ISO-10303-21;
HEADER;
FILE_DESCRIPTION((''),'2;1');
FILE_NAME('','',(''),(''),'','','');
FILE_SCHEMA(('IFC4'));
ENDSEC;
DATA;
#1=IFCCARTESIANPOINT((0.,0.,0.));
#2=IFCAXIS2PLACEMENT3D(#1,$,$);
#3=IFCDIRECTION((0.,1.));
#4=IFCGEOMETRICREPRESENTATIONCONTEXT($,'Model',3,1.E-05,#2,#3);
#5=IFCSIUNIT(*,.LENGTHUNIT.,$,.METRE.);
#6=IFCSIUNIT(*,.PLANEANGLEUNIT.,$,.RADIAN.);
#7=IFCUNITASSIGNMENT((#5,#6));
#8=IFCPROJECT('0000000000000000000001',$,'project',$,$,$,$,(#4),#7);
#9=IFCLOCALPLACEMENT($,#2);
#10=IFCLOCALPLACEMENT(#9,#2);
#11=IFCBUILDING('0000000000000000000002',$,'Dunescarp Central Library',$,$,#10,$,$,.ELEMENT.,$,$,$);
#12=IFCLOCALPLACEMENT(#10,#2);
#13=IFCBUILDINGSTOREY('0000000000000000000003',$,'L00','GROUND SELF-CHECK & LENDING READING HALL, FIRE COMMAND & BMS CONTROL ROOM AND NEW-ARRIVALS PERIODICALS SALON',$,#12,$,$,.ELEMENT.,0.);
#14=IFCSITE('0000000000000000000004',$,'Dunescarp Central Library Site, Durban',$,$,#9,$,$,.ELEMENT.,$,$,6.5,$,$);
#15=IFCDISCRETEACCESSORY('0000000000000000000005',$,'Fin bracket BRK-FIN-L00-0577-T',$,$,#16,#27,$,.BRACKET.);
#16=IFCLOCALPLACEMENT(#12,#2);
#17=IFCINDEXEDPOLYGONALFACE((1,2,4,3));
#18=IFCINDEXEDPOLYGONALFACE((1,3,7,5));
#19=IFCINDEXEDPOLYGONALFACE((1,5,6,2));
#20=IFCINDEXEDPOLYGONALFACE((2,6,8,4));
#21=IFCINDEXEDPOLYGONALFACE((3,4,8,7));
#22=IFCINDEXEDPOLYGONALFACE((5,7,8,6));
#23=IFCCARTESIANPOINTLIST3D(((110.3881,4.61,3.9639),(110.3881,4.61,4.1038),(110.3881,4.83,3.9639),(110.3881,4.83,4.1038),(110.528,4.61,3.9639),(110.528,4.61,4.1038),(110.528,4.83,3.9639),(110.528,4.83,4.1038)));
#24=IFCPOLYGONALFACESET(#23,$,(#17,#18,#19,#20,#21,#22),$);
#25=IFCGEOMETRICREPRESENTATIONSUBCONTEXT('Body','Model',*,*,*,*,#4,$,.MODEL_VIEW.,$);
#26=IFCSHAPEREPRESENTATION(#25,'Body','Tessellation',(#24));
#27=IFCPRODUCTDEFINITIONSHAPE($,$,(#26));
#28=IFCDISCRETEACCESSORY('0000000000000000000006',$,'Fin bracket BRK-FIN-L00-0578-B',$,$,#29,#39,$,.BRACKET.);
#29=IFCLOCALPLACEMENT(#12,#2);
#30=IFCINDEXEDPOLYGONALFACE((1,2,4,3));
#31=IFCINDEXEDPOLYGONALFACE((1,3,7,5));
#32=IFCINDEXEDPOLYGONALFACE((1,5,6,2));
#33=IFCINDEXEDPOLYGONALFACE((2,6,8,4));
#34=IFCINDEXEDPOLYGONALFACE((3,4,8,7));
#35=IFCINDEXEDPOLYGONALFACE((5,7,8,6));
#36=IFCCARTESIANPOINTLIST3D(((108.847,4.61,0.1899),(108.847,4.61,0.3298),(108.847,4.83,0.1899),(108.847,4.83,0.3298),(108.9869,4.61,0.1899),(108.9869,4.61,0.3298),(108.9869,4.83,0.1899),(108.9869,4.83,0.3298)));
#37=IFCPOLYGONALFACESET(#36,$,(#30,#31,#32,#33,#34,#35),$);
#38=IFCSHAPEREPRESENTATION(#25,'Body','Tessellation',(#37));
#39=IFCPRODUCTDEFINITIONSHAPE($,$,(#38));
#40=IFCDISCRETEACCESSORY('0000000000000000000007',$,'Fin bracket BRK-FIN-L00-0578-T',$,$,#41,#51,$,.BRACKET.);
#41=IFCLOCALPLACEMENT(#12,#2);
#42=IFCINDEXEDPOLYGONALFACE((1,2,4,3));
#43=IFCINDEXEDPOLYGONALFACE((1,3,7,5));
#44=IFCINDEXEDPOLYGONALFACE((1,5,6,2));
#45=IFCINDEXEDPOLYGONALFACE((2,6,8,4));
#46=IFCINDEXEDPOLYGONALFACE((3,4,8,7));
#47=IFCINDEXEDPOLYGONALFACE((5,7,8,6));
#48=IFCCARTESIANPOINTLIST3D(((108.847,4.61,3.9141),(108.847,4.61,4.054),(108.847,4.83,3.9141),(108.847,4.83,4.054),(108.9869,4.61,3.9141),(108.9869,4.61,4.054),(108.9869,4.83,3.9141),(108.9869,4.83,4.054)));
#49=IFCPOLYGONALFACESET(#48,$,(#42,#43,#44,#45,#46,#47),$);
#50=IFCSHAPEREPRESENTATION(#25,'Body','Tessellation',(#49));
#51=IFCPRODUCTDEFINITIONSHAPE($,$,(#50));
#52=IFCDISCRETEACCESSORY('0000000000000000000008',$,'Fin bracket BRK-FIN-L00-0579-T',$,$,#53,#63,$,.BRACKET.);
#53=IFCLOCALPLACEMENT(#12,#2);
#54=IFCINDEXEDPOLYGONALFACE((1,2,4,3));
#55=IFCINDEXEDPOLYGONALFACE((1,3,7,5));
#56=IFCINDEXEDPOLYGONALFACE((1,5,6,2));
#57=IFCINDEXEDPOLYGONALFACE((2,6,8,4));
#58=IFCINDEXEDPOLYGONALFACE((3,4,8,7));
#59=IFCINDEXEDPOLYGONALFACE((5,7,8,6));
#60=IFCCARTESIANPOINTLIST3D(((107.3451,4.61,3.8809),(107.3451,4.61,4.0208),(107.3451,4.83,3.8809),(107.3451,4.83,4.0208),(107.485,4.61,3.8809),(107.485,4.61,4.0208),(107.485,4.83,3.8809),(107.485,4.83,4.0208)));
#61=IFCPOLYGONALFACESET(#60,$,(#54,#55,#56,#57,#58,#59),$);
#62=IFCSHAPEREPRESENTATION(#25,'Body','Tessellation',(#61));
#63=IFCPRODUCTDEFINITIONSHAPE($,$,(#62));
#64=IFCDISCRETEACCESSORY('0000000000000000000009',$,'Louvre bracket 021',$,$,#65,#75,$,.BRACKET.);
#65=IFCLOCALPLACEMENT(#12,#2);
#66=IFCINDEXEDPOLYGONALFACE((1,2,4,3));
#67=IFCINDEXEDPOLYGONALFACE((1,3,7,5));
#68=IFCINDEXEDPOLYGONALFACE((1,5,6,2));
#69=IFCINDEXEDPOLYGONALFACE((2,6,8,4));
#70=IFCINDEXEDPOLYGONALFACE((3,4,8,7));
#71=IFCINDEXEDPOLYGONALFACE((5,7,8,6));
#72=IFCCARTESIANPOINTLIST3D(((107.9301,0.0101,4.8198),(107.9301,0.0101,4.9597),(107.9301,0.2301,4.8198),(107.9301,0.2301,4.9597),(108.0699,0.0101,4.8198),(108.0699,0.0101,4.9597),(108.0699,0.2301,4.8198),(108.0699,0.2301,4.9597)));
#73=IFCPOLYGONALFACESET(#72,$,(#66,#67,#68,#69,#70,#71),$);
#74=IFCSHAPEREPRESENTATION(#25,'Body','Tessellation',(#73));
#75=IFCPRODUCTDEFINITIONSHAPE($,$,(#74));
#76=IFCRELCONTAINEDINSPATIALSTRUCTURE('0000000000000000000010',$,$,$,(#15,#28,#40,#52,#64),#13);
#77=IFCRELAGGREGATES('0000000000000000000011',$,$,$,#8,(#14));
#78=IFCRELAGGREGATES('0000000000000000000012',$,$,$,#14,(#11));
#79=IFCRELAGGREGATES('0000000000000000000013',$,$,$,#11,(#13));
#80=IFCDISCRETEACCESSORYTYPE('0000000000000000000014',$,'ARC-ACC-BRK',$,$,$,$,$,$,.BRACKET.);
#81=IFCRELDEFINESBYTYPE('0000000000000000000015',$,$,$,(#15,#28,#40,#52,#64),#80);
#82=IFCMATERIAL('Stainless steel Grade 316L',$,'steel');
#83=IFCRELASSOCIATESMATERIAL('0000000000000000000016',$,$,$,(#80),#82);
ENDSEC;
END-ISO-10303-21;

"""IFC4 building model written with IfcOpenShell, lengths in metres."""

from ifc_helpers import new_model, si_unit, direction, frame, origin, origin_2d, place, context, subcontext, project, spatial, rectangle, extrude, material, type_object, element, save


model = new_model("IFC4")

# Units and contexts
model_context = context("Model", 3, precision=1e-05, world=origin(), true_north=direction((0.0, 1.0)))
body_context = subcontext(model_context, "Body", "Model", "MODEL_VIEW")
ifc_project = project(units=[si_unit("LENGTHUNIT", "METRE"), si_unit("PLANEANGLEUNIT", "RADIAN")], contexts=[model_context])

# Site, building, storey
site_placement = place(None, origin())
site = spatial("IfcSite", under=ifc_project, at=site_placement, Name="Dunescarp Central Library Site, Durban", CompositionType="ELEMENT", RefElevation=6.5)
building_placement = place(site_placement, origin())
building = spatial("IfcBuilding", under=site, at=building_placement, Name="Dunescarp Central Library", CompositionType="ELEMENT")
storey_placement = place(building_placement, origin())
storey = spatial("IfcBuildingStorey", under=building, at=storey_placement, Name="L00", Description="GROUND SELF-CHECK & LENDING READING HALL, FIRE COMMAND & BMS CONTROL ROOM AND NEW-ARRIVALS PERIODICALS SALON", CompositionType="ELEMENT", Elevation=0.0)

# Discrete accessories
ifc_material_1 = material(Name="Stainless steel Grade 316L", Category="steel")
discrete_accessory_type = type_object("IfcDiscreteAccessoryType", Name="ARC-ACC-BRK", PredefinedType="BRACKET", material=ifc_material_1)
for number, where, z_axis, x_axis, name in (
    (1, (110.458, 4.72, 3.9639), (0.0, 0.0, 1.0), (0.0, -1.0, 0.0), "Fin bracket BRK-FIN-L00-0577-T"),
    (2, (108.917, 4.72, 0.1899), (0.0, 0.0, 1.0), (0.0, -1.0, 0.0), "Fin bracket BRK-FIN-L00-0578-B"),
    (3, (108.917, 4.72, 3.9141), (0.0, 0.0, 1.0), (0.0, -1.0, 0.0), "Fin bracket BRK-FIN-L00-0578-T"),
    (4, (107.415, 4.72, 3.8809), (0.0, 0.0, 1.0), (0.0, -1.0, 0.0), "Fin bracket BRK-FIN-L00-0579-T"),
):
    element("IfcDiscreteAccessory", number, at=place(storey_placement, frame(where, z_axis=z_axis, x_axis=x_axis)), inside=storey, type_object=discrete_accessory_type, Name=name, PredefinedType="BRACKET", context=body_context, shape_type="SweptSolid", body=[
        extrude(rectangle(XDim=0.22, YDim=0.1399, at=origin_2d()), origin(), (0.0, 0.0, 1.0), 0.1399),
    ])
discrete_accessory_placement = place(storey_placement, frame((108.0, 0.1201, 4.8198), z_axis=(0.0, 0.0, 1.0), x_axis=(1.0, 0.0, 0.0)))
element("IfcDiscreteAccessory", 5, at=discrete_accessory_placement, inside=storey, type_object=discrete_accessory_type, Name="Louvre bracket 021", PredefinedType="BRACKET", context=body_context, shape_type="SweptSolid", body=[
    extrude(rectangle(XDim=0.1399, YDim=0.22, at=origin_2d()), origin(), (0.0, 0.0, 1.0), 0.1399),
])

save(model, "model.ifc")
